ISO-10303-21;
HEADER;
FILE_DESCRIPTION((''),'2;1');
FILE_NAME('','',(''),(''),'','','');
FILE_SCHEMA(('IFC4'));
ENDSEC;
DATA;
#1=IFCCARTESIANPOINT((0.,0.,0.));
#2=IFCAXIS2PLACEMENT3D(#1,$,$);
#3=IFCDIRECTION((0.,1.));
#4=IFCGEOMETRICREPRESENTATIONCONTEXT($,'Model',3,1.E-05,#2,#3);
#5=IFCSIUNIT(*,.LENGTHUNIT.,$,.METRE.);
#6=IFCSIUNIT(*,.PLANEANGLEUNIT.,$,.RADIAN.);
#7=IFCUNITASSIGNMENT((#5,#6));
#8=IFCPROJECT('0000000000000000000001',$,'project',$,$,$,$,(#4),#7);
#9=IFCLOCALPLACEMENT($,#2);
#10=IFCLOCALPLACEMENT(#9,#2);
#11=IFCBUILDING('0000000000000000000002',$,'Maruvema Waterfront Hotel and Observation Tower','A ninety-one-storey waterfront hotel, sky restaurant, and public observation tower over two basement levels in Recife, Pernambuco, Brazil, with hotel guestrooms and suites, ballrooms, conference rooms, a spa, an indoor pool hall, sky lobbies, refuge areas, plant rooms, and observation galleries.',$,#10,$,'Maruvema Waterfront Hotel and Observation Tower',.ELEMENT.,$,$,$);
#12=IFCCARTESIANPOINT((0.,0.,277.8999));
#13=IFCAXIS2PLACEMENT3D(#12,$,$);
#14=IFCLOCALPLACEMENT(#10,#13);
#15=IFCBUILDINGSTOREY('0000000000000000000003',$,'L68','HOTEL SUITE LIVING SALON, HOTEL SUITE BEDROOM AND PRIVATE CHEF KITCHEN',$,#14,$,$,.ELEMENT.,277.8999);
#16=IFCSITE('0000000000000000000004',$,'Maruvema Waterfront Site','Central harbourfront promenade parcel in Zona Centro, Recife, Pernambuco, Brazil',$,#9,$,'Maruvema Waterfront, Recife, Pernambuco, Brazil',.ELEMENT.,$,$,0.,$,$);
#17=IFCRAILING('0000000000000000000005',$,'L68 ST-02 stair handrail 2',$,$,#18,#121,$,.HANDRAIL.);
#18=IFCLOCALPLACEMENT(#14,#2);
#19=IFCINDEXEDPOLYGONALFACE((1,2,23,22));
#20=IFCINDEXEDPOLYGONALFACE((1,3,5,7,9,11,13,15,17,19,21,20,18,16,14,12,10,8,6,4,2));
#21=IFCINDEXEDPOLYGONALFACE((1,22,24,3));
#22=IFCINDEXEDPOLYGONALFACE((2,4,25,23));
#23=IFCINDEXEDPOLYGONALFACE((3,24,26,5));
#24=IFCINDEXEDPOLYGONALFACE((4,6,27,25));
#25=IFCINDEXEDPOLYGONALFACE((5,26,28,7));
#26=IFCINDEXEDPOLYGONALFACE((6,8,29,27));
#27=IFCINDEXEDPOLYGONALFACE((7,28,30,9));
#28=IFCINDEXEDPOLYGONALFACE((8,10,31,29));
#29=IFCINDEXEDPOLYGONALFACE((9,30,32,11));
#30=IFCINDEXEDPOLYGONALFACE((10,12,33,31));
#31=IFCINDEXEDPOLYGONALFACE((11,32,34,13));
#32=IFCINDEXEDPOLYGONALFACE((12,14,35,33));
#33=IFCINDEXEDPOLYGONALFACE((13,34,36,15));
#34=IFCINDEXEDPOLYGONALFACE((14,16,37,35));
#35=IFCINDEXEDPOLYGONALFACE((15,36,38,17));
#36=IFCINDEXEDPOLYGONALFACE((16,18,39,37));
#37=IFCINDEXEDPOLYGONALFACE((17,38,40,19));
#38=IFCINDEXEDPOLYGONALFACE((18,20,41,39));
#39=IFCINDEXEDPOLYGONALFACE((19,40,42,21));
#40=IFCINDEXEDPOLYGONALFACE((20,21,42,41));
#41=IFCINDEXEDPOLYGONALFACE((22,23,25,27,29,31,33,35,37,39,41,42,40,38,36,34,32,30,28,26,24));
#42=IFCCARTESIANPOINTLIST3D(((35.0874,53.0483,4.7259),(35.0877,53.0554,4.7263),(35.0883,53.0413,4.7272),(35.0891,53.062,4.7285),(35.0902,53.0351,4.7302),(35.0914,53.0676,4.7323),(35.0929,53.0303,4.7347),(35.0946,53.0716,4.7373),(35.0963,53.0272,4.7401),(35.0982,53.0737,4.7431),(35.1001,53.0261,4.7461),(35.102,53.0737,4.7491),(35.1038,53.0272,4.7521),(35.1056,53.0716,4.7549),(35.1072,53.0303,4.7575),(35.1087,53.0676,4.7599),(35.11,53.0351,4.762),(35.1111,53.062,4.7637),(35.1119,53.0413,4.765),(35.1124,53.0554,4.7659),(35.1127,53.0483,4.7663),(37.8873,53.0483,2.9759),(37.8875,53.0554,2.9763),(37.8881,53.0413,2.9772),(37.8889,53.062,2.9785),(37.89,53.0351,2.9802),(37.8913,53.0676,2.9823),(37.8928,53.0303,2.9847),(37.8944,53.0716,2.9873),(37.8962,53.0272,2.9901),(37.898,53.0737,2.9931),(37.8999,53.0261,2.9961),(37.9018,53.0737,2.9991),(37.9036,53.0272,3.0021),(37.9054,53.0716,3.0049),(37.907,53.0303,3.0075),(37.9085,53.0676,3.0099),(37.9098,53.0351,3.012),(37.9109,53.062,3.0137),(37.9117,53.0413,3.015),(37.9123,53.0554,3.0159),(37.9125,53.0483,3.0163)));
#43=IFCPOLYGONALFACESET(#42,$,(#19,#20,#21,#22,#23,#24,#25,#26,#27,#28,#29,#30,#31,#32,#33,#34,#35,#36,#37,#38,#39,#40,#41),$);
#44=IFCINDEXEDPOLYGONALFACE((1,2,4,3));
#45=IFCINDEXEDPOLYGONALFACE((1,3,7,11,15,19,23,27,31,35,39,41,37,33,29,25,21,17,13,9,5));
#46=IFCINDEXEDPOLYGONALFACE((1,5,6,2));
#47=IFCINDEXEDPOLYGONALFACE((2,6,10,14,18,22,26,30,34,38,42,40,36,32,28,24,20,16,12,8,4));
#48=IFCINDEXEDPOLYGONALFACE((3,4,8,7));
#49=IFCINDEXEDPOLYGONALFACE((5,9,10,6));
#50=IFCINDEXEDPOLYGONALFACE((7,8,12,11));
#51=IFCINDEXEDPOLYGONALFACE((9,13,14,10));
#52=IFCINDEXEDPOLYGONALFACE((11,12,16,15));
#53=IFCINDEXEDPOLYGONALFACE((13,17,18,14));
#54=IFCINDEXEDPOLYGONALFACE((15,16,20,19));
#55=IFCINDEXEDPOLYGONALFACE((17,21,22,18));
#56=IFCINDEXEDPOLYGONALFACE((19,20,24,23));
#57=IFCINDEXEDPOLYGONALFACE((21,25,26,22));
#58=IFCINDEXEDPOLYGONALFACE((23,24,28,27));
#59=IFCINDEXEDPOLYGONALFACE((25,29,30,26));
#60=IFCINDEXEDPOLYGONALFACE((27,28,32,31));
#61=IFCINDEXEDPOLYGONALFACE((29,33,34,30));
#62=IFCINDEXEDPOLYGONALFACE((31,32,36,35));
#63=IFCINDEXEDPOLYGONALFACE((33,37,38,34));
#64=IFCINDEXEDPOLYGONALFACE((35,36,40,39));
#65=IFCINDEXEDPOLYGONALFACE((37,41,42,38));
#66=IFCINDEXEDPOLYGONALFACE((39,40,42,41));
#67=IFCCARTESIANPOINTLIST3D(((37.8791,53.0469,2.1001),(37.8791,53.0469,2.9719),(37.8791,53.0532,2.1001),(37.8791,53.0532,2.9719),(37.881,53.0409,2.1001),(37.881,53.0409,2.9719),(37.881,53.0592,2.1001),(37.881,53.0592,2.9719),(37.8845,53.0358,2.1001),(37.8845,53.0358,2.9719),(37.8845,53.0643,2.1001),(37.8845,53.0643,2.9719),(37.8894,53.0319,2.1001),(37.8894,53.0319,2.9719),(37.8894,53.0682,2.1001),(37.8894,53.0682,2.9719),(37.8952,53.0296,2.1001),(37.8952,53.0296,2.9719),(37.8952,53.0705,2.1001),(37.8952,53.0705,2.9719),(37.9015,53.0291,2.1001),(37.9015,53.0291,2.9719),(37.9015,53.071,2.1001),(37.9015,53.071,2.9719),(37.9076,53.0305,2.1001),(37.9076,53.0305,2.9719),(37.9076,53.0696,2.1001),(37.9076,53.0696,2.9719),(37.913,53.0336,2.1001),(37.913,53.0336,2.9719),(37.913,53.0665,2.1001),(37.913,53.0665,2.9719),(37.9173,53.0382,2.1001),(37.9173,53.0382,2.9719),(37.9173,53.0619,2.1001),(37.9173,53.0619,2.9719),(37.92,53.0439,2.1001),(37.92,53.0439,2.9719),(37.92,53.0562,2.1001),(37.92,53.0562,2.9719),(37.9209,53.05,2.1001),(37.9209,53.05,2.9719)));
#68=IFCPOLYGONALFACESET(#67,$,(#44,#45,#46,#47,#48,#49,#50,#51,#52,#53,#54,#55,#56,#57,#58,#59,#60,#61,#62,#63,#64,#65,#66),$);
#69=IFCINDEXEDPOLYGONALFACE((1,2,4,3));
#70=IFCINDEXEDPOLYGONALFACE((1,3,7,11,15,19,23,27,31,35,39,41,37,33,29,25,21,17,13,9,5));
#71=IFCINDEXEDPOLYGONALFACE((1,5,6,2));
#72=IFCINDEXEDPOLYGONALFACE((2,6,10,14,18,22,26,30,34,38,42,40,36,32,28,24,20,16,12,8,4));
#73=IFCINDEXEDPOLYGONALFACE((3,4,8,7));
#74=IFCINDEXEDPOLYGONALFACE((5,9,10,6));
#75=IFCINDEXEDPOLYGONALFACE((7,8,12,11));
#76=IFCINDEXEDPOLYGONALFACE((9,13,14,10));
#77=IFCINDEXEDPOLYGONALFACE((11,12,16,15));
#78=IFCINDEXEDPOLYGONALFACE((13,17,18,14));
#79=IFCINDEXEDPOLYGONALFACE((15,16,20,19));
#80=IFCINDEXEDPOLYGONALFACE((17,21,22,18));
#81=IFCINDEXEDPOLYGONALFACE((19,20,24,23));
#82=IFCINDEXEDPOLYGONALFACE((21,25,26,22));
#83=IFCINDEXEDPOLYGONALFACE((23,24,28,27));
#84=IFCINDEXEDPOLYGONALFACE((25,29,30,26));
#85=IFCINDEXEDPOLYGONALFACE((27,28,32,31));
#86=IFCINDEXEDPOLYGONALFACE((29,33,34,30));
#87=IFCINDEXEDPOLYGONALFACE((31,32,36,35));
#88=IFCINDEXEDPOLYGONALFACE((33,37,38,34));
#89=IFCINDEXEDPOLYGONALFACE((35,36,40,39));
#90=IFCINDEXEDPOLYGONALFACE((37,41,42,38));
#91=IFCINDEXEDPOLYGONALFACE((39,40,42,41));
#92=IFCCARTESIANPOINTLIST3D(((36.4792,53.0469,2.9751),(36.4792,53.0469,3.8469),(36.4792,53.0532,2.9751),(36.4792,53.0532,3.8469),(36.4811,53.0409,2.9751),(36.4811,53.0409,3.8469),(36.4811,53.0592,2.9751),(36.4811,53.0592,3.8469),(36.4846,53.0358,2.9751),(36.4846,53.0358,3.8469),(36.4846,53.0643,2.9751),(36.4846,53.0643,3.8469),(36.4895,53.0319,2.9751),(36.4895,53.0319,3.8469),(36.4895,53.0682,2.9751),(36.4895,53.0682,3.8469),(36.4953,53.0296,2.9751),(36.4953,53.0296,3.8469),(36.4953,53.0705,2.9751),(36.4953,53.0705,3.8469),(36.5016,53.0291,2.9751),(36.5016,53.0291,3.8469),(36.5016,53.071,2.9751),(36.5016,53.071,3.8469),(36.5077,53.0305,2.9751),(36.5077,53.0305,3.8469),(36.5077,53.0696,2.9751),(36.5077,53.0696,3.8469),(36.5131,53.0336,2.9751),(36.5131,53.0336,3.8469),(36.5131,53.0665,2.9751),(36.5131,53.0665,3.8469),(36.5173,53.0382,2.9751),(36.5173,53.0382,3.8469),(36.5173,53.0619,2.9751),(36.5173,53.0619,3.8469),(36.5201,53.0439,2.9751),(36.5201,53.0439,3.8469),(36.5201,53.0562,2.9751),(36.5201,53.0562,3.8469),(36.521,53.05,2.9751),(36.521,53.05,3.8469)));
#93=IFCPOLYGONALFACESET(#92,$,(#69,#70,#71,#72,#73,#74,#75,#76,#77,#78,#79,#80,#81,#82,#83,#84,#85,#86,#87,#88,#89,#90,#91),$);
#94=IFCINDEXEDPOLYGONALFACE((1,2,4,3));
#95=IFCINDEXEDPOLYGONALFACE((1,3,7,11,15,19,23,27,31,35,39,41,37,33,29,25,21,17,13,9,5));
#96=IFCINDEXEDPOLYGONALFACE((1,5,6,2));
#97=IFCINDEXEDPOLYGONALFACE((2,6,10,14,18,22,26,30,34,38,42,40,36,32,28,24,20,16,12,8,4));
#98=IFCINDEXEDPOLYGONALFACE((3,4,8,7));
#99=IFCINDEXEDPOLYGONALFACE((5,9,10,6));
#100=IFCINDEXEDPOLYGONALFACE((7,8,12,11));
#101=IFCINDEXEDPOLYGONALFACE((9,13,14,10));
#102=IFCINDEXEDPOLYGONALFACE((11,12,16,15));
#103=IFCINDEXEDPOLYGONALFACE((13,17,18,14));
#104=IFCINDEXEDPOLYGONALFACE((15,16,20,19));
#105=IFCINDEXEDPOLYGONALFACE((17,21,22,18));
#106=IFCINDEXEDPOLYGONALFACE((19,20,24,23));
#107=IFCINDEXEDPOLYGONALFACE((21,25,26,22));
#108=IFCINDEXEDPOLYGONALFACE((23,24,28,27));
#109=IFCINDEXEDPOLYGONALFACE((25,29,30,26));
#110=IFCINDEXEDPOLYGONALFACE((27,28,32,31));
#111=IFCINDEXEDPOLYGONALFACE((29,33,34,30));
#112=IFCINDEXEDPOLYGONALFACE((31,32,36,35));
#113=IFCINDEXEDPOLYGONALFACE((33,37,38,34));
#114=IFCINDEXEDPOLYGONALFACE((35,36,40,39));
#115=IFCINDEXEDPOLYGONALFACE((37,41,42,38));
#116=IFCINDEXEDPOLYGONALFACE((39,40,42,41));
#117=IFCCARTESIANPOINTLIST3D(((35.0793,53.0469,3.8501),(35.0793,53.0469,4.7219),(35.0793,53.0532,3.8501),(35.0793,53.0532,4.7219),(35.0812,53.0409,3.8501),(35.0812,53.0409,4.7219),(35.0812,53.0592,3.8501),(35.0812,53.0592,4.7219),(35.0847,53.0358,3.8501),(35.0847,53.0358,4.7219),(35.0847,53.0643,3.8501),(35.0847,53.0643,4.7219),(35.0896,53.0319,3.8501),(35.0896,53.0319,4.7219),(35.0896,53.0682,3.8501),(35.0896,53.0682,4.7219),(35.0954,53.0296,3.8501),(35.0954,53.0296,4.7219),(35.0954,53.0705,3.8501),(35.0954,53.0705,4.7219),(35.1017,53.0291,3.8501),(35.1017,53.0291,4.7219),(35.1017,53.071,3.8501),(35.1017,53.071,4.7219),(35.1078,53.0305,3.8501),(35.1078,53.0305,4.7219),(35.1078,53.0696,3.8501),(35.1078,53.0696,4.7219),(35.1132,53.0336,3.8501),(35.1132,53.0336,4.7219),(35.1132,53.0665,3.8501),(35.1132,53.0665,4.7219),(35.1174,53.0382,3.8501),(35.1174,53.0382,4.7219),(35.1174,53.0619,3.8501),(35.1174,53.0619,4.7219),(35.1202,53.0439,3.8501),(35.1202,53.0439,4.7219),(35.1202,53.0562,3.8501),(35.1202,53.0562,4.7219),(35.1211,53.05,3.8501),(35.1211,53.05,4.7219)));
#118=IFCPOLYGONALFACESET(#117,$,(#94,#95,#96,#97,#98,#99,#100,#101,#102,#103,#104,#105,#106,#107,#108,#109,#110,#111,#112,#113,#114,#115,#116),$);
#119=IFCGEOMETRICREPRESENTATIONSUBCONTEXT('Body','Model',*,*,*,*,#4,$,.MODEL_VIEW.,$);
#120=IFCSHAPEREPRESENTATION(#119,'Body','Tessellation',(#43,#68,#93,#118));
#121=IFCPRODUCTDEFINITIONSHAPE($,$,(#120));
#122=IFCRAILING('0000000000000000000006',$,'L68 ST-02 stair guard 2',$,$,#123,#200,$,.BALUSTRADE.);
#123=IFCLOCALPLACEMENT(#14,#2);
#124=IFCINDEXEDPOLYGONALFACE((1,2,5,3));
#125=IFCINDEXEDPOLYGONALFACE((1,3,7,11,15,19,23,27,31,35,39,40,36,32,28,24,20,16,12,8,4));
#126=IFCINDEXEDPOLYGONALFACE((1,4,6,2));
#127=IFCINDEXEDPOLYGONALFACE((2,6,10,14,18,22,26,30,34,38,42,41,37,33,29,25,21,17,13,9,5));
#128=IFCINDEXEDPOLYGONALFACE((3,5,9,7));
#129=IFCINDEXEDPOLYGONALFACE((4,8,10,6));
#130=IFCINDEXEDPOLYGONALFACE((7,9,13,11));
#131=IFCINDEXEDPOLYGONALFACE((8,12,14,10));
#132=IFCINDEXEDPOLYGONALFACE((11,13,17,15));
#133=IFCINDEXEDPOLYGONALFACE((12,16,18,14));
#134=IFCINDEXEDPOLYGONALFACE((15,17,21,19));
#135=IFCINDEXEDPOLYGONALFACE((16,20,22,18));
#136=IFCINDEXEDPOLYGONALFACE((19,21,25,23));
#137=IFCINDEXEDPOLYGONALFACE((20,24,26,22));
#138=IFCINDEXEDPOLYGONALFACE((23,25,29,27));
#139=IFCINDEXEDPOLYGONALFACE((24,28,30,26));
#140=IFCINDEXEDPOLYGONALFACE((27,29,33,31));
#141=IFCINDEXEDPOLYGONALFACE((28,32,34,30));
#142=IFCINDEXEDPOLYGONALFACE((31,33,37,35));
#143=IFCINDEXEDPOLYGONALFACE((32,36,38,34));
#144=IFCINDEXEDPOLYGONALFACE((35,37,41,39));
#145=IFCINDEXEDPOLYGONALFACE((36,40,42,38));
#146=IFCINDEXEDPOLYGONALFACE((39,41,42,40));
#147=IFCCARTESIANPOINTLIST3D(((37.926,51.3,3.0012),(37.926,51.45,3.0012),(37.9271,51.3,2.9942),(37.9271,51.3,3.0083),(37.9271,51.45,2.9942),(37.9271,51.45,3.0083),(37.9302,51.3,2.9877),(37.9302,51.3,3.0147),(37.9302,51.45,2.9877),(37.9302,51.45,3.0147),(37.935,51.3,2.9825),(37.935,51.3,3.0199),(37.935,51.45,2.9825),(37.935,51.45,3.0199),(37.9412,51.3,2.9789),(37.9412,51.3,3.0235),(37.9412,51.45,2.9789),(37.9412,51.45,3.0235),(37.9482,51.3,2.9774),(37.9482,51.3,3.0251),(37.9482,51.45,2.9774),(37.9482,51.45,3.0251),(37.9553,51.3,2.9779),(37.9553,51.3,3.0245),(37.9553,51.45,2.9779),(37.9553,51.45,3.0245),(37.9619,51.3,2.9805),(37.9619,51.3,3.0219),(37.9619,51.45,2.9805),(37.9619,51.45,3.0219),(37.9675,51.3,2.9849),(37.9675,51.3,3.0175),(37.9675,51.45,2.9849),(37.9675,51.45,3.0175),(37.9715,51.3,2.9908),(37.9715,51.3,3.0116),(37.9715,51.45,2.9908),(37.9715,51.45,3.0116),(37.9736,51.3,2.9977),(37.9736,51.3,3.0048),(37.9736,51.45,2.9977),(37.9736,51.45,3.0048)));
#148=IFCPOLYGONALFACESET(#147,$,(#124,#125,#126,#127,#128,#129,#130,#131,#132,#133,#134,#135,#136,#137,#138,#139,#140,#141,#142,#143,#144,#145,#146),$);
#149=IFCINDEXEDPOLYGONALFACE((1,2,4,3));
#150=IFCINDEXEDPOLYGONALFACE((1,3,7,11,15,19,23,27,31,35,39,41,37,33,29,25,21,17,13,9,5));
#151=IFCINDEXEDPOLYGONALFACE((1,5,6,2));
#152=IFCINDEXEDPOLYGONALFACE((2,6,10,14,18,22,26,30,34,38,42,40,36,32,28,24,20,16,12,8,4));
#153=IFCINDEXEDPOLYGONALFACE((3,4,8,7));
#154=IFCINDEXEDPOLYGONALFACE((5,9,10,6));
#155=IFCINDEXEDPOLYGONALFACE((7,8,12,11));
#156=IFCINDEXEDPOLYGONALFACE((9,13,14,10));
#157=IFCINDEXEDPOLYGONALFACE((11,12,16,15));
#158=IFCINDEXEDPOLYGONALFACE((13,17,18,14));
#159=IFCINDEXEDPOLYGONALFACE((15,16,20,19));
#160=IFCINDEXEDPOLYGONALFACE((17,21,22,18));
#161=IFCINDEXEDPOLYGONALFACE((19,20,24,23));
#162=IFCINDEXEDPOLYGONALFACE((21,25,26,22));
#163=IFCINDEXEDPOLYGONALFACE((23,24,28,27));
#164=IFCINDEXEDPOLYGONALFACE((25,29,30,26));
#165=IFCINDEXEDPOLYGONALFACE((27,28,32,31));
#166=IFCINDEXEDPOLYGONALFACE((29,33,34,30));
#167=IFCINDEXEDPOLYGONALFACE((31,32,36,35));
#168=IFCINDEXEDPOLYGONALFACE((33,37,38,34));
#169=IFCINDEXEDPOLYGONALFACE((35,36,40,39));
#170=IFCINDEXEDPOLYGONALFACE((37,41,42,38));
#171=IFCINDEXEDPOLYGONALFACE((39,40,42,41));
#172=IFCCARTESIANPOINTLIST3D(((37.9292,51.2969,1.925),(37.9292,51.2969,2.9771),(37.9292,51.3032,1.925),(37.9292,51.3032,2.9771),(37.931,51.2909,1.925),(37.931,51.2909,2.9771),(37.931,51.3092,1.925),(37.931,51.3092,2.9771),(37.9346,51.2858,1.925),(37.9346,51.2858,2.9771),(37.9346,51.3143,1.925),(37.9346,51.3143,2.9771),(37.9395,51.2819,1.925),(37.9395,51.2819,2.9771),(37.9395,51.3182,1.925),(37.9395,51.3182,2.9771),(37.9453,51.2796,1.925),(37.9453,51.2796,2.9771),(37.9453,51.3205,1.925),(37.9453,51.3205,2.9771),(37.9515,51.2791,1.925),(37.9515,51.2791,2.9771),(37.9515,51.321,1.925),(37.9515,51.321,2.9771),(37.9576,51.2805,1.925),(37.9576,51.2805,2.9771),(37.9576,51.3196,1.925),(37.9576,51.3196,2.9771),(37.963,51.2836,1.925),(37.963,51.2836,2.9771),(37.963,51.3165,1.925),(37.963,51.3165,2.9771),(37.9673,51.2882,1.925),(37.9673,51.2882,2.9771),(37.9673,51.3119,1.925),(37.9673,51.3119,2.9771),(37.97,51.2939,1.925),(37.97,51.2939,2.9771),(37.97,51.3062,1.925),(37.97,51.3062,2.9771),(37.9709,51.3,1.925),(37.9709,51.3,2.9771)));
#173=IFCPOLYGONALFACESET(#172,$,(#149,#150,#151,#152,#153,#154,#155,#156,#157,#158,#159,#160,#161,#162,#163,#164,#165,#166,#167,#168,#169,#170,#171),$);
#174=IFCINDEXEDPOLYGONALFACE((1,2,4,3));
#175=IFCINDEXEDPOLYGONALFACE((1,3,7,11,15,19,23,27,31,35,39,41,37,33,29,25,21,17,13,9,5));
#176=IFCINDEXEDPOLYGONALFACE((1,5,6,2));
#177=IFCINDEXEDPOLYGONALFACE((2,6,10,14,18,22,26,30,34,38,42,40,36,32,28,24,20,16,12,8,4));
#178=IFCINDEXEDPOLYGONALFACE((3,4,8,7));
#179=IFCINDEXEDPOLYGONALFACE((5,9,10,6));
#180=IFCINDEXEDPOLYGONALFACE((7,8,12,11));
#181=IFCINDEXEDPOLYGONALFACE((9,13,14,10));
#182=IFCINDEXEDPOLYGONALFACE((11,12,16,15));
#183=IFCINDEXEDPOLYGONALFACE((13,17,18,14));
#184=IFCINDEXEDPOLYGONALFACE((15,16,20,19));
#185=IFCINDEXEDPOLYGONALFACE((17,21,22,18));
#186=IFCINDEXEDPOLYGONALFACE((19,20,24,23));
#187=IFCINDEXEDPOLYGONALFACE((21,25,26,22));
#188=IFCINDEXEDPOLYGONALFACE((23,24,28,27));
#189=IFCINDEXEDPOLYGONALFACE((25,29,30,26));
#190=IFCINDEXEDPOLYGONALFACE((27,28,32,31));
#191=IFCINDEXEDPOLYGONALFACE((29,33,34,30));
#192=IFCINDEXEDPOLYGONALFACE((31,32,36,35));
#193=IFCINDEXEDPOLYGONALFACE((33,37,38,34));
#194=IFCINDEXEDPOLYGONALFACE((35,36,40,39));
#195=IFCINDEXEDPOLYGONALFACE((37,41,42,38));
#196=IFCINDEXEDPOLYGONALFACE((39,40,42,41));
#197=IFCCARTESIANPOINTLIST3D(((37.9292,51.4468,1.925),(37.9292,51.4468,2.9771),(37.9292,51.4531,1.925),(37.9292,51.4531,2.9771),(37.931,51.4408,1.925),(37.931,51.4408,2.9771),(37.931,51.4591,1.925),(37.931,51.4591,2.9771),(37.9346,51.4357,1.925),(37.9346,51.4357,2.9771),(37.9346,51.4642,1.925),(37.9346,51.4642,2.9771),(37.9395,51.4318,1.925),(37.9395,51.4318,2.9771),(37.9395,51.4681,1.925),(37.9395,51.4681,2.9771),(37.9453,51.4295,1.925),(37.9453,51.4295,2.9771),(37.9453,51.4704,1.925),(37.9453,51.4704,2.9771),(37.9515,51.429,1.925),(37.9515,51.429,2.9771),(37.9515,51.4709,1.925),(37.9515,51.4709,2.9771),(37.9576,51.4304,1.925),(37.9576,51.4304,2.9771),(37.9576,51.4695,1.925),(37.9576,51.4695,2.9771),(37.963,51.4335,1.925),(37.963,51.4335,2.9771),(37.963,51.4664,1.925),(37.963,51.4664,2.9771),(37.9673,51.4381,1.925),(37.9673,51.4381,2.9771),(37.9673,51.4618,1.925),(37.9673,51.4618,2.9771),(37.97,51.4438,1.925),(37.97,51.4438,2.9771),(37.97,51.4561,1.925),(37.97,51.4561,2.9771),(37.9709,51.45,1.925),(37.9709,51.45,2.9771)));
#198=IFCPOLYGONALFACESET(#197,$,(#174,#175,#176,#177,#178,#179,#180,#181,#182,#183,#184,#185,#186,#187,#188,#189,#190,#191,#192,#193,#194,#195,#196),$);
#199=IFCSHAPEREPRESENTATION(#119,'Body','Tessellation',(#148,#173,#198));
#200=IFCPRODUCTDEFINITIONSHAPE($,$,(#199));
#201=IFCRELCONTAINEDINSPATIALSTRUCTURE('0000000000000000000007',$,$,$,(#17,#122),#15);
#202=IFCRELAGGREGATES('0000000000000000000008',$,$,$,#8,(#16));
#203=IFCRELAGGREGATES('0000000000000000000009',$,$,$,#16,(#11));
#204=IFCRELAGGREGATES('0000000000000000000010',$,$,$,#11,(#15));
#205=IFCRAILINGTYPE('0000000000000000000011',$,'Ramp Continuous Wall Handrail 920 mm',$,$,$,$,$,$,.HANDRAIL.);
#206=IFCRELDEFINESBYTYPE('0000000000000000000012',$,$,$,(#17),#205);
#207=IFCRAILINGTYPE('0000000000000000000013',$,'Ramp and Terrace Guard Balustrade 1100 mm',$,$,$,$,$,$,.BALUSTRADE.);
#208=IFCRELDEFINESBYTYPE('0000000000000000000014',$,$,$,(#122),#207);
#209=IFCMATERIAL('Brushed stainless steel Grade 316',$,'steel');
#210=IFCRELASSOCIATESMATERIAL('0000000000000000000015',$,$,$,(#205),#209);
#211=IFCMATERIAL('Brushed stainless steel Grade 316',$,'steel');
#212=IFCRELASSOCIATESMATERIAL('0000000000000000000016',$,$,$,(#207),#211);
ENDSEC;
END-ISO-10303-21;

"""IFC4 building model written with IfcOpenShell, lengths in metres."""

from ifc_helpers import new_model, si_unit, direction, frame, origin, origin_2d, place, context, subcontext, project, spatial, circle, extrude, material, type_object, element, save


model = new_model("IFC4")

# Units and contexts
model_context = context("Model", 3, precision=1e-05, world=origin(), true_north=direction((0.0, 1.0)))
body_context = subcontext(model_context, "Body", "Model", "MODEL_VIEW")
ifc_project = project(units=[si_unit("LENGTHUNIT", "METRE"), si_unit("PLANEANGLEUNIT", "RADIAN")], contexts=[model_context])

# Site, building, storey
site_placement = place(None, origin())
site = spatial("IfcSite", under=ifc_project, at=site_placement, Name="Maruvema Waterfront Site", Description="Central harbourfront promenade parcel in Zona Centro, Recife, Pernambuco, Brazil", LongName="Maruvema Waterfront, Recife, Pernambuco, Brazil", CompositionType="ELEMENT", RefElevation=0.0)
building_placement = place(site_placement, origin())
building = spatial("IfcBuilding", under=site, at=building_placement, Name="Maruvema Waterfront Hotel and Observation Tower", Description="A ninety-one-storey waterfront hotel, sky restaurant, and public observation tower over two basement levels in Recife, Pernambuco, Brazil, with hotel guestrooms and suites, ballrooms, conference rooms, a spa, an indoor pool hall, sky lobbies, refuge areas, plant rooms, and observation galleries.", LongName="Maruvema Waterfront Hotel and Observation Tower", CompositionType="ELEMENT")
storey_placement = place(building_placement, frame((0.0, 0.0, 277.8999)))
storey = spatial("IfcBuildingStorey", under=building, at=storey_placement, Name="L68", Description="HOTEL SUITE LIVING SALON, HOTEL SUITE BEDROOM AND PRIVATE CHEF KITCHEN", CompositionType="ELEMENT", Elevation=277.8999)

# Railings
ifc_material_1 = material(Name="Brushed stainless steel Grade 316", Category="steel")
railing_type_1 = type_object("IfcRailingType", Name="Ramp Continuous Wall Handrail 920 mm", PredefinedType="HANDRAIL", material=ifc_material_1)
railing_1_placement = place(storey_placement, frame((37.8999, 53.05, 2.1001)))
element("IfcRailing", 1, at=railing_1_placement, inside=storey, type_object=railing_type_1, Name="L68 ST-02 stair handrail 2", PredefinedType="HANDRAIL", context=body_context, shape_type="SweptSolid", body=[
    extrude(circle(Radius=0.0239, at=origin_2d()), frame((0.0, 0.0, 0.896), z_axis=(-0.847982, 0.0, 0.530026), x_axis=(0.0, -1.0, 0.0)), (0.0, 0.0, 1.0), 3.3018),
    extrude(circle(Radius=0.021, at=origin_2d()), origin(), (0.0, 0.0, 1.0), 0.8718),
    extrude(circle(Radius=0.021, at=origin_2d()), frame((-1.3999, 0.0, 0.875)), (0.0, 0.0, 1.0), 0.8718),
    extrude(circle(Radius=0.021, at=origin_2d()), frame((-2.7998, 0.0, 1.75)), (0.0, 0.0, 1.0), 0.8718),
])
ifc_material_2 = material(Name="Brushed stainless steel Grade 316", Category="steel")
railing_type_2 = type_object("IfcRailingType", Name="Ramp and Terrace Guard Balustrade 1100 mm", PredefinedType="BALUSTRADE", material=ifc_material_2)
railing_2_placement = place(storey_placement, frame((37.95, 51.3, 1.925)))
element("IfcRailing", 2, at=railing_2_placement, inside=storey, type_object=railing_type_2, Name="L68 ST-02 stair guard 2", PredefinedType="BALUSTRADE", context=body_context, shape_type="SweptSolid", body=[
    extrude(circle(Radius=0.0239, at=origin_2d()), frame((0.0, 0.0, 1.0762), z_axis=(0.0, 1.0, 0.0), x_axis=(-1.0, 0.0, 0.0)), (0.0, 0.0, 1.0), 0.1499),
    extrude(circle(Radius=0.021, at=origin_2d()), origin(), (0.0, 0.0, 1.0), 1.052),
    extrude(circle(Radius=0.021, at=origin_2d()), frame((0.0, 0.1499, 0.0)), (0.0, 0.0, 1.0), 1.052),
])

save(model, "model.ifc")
